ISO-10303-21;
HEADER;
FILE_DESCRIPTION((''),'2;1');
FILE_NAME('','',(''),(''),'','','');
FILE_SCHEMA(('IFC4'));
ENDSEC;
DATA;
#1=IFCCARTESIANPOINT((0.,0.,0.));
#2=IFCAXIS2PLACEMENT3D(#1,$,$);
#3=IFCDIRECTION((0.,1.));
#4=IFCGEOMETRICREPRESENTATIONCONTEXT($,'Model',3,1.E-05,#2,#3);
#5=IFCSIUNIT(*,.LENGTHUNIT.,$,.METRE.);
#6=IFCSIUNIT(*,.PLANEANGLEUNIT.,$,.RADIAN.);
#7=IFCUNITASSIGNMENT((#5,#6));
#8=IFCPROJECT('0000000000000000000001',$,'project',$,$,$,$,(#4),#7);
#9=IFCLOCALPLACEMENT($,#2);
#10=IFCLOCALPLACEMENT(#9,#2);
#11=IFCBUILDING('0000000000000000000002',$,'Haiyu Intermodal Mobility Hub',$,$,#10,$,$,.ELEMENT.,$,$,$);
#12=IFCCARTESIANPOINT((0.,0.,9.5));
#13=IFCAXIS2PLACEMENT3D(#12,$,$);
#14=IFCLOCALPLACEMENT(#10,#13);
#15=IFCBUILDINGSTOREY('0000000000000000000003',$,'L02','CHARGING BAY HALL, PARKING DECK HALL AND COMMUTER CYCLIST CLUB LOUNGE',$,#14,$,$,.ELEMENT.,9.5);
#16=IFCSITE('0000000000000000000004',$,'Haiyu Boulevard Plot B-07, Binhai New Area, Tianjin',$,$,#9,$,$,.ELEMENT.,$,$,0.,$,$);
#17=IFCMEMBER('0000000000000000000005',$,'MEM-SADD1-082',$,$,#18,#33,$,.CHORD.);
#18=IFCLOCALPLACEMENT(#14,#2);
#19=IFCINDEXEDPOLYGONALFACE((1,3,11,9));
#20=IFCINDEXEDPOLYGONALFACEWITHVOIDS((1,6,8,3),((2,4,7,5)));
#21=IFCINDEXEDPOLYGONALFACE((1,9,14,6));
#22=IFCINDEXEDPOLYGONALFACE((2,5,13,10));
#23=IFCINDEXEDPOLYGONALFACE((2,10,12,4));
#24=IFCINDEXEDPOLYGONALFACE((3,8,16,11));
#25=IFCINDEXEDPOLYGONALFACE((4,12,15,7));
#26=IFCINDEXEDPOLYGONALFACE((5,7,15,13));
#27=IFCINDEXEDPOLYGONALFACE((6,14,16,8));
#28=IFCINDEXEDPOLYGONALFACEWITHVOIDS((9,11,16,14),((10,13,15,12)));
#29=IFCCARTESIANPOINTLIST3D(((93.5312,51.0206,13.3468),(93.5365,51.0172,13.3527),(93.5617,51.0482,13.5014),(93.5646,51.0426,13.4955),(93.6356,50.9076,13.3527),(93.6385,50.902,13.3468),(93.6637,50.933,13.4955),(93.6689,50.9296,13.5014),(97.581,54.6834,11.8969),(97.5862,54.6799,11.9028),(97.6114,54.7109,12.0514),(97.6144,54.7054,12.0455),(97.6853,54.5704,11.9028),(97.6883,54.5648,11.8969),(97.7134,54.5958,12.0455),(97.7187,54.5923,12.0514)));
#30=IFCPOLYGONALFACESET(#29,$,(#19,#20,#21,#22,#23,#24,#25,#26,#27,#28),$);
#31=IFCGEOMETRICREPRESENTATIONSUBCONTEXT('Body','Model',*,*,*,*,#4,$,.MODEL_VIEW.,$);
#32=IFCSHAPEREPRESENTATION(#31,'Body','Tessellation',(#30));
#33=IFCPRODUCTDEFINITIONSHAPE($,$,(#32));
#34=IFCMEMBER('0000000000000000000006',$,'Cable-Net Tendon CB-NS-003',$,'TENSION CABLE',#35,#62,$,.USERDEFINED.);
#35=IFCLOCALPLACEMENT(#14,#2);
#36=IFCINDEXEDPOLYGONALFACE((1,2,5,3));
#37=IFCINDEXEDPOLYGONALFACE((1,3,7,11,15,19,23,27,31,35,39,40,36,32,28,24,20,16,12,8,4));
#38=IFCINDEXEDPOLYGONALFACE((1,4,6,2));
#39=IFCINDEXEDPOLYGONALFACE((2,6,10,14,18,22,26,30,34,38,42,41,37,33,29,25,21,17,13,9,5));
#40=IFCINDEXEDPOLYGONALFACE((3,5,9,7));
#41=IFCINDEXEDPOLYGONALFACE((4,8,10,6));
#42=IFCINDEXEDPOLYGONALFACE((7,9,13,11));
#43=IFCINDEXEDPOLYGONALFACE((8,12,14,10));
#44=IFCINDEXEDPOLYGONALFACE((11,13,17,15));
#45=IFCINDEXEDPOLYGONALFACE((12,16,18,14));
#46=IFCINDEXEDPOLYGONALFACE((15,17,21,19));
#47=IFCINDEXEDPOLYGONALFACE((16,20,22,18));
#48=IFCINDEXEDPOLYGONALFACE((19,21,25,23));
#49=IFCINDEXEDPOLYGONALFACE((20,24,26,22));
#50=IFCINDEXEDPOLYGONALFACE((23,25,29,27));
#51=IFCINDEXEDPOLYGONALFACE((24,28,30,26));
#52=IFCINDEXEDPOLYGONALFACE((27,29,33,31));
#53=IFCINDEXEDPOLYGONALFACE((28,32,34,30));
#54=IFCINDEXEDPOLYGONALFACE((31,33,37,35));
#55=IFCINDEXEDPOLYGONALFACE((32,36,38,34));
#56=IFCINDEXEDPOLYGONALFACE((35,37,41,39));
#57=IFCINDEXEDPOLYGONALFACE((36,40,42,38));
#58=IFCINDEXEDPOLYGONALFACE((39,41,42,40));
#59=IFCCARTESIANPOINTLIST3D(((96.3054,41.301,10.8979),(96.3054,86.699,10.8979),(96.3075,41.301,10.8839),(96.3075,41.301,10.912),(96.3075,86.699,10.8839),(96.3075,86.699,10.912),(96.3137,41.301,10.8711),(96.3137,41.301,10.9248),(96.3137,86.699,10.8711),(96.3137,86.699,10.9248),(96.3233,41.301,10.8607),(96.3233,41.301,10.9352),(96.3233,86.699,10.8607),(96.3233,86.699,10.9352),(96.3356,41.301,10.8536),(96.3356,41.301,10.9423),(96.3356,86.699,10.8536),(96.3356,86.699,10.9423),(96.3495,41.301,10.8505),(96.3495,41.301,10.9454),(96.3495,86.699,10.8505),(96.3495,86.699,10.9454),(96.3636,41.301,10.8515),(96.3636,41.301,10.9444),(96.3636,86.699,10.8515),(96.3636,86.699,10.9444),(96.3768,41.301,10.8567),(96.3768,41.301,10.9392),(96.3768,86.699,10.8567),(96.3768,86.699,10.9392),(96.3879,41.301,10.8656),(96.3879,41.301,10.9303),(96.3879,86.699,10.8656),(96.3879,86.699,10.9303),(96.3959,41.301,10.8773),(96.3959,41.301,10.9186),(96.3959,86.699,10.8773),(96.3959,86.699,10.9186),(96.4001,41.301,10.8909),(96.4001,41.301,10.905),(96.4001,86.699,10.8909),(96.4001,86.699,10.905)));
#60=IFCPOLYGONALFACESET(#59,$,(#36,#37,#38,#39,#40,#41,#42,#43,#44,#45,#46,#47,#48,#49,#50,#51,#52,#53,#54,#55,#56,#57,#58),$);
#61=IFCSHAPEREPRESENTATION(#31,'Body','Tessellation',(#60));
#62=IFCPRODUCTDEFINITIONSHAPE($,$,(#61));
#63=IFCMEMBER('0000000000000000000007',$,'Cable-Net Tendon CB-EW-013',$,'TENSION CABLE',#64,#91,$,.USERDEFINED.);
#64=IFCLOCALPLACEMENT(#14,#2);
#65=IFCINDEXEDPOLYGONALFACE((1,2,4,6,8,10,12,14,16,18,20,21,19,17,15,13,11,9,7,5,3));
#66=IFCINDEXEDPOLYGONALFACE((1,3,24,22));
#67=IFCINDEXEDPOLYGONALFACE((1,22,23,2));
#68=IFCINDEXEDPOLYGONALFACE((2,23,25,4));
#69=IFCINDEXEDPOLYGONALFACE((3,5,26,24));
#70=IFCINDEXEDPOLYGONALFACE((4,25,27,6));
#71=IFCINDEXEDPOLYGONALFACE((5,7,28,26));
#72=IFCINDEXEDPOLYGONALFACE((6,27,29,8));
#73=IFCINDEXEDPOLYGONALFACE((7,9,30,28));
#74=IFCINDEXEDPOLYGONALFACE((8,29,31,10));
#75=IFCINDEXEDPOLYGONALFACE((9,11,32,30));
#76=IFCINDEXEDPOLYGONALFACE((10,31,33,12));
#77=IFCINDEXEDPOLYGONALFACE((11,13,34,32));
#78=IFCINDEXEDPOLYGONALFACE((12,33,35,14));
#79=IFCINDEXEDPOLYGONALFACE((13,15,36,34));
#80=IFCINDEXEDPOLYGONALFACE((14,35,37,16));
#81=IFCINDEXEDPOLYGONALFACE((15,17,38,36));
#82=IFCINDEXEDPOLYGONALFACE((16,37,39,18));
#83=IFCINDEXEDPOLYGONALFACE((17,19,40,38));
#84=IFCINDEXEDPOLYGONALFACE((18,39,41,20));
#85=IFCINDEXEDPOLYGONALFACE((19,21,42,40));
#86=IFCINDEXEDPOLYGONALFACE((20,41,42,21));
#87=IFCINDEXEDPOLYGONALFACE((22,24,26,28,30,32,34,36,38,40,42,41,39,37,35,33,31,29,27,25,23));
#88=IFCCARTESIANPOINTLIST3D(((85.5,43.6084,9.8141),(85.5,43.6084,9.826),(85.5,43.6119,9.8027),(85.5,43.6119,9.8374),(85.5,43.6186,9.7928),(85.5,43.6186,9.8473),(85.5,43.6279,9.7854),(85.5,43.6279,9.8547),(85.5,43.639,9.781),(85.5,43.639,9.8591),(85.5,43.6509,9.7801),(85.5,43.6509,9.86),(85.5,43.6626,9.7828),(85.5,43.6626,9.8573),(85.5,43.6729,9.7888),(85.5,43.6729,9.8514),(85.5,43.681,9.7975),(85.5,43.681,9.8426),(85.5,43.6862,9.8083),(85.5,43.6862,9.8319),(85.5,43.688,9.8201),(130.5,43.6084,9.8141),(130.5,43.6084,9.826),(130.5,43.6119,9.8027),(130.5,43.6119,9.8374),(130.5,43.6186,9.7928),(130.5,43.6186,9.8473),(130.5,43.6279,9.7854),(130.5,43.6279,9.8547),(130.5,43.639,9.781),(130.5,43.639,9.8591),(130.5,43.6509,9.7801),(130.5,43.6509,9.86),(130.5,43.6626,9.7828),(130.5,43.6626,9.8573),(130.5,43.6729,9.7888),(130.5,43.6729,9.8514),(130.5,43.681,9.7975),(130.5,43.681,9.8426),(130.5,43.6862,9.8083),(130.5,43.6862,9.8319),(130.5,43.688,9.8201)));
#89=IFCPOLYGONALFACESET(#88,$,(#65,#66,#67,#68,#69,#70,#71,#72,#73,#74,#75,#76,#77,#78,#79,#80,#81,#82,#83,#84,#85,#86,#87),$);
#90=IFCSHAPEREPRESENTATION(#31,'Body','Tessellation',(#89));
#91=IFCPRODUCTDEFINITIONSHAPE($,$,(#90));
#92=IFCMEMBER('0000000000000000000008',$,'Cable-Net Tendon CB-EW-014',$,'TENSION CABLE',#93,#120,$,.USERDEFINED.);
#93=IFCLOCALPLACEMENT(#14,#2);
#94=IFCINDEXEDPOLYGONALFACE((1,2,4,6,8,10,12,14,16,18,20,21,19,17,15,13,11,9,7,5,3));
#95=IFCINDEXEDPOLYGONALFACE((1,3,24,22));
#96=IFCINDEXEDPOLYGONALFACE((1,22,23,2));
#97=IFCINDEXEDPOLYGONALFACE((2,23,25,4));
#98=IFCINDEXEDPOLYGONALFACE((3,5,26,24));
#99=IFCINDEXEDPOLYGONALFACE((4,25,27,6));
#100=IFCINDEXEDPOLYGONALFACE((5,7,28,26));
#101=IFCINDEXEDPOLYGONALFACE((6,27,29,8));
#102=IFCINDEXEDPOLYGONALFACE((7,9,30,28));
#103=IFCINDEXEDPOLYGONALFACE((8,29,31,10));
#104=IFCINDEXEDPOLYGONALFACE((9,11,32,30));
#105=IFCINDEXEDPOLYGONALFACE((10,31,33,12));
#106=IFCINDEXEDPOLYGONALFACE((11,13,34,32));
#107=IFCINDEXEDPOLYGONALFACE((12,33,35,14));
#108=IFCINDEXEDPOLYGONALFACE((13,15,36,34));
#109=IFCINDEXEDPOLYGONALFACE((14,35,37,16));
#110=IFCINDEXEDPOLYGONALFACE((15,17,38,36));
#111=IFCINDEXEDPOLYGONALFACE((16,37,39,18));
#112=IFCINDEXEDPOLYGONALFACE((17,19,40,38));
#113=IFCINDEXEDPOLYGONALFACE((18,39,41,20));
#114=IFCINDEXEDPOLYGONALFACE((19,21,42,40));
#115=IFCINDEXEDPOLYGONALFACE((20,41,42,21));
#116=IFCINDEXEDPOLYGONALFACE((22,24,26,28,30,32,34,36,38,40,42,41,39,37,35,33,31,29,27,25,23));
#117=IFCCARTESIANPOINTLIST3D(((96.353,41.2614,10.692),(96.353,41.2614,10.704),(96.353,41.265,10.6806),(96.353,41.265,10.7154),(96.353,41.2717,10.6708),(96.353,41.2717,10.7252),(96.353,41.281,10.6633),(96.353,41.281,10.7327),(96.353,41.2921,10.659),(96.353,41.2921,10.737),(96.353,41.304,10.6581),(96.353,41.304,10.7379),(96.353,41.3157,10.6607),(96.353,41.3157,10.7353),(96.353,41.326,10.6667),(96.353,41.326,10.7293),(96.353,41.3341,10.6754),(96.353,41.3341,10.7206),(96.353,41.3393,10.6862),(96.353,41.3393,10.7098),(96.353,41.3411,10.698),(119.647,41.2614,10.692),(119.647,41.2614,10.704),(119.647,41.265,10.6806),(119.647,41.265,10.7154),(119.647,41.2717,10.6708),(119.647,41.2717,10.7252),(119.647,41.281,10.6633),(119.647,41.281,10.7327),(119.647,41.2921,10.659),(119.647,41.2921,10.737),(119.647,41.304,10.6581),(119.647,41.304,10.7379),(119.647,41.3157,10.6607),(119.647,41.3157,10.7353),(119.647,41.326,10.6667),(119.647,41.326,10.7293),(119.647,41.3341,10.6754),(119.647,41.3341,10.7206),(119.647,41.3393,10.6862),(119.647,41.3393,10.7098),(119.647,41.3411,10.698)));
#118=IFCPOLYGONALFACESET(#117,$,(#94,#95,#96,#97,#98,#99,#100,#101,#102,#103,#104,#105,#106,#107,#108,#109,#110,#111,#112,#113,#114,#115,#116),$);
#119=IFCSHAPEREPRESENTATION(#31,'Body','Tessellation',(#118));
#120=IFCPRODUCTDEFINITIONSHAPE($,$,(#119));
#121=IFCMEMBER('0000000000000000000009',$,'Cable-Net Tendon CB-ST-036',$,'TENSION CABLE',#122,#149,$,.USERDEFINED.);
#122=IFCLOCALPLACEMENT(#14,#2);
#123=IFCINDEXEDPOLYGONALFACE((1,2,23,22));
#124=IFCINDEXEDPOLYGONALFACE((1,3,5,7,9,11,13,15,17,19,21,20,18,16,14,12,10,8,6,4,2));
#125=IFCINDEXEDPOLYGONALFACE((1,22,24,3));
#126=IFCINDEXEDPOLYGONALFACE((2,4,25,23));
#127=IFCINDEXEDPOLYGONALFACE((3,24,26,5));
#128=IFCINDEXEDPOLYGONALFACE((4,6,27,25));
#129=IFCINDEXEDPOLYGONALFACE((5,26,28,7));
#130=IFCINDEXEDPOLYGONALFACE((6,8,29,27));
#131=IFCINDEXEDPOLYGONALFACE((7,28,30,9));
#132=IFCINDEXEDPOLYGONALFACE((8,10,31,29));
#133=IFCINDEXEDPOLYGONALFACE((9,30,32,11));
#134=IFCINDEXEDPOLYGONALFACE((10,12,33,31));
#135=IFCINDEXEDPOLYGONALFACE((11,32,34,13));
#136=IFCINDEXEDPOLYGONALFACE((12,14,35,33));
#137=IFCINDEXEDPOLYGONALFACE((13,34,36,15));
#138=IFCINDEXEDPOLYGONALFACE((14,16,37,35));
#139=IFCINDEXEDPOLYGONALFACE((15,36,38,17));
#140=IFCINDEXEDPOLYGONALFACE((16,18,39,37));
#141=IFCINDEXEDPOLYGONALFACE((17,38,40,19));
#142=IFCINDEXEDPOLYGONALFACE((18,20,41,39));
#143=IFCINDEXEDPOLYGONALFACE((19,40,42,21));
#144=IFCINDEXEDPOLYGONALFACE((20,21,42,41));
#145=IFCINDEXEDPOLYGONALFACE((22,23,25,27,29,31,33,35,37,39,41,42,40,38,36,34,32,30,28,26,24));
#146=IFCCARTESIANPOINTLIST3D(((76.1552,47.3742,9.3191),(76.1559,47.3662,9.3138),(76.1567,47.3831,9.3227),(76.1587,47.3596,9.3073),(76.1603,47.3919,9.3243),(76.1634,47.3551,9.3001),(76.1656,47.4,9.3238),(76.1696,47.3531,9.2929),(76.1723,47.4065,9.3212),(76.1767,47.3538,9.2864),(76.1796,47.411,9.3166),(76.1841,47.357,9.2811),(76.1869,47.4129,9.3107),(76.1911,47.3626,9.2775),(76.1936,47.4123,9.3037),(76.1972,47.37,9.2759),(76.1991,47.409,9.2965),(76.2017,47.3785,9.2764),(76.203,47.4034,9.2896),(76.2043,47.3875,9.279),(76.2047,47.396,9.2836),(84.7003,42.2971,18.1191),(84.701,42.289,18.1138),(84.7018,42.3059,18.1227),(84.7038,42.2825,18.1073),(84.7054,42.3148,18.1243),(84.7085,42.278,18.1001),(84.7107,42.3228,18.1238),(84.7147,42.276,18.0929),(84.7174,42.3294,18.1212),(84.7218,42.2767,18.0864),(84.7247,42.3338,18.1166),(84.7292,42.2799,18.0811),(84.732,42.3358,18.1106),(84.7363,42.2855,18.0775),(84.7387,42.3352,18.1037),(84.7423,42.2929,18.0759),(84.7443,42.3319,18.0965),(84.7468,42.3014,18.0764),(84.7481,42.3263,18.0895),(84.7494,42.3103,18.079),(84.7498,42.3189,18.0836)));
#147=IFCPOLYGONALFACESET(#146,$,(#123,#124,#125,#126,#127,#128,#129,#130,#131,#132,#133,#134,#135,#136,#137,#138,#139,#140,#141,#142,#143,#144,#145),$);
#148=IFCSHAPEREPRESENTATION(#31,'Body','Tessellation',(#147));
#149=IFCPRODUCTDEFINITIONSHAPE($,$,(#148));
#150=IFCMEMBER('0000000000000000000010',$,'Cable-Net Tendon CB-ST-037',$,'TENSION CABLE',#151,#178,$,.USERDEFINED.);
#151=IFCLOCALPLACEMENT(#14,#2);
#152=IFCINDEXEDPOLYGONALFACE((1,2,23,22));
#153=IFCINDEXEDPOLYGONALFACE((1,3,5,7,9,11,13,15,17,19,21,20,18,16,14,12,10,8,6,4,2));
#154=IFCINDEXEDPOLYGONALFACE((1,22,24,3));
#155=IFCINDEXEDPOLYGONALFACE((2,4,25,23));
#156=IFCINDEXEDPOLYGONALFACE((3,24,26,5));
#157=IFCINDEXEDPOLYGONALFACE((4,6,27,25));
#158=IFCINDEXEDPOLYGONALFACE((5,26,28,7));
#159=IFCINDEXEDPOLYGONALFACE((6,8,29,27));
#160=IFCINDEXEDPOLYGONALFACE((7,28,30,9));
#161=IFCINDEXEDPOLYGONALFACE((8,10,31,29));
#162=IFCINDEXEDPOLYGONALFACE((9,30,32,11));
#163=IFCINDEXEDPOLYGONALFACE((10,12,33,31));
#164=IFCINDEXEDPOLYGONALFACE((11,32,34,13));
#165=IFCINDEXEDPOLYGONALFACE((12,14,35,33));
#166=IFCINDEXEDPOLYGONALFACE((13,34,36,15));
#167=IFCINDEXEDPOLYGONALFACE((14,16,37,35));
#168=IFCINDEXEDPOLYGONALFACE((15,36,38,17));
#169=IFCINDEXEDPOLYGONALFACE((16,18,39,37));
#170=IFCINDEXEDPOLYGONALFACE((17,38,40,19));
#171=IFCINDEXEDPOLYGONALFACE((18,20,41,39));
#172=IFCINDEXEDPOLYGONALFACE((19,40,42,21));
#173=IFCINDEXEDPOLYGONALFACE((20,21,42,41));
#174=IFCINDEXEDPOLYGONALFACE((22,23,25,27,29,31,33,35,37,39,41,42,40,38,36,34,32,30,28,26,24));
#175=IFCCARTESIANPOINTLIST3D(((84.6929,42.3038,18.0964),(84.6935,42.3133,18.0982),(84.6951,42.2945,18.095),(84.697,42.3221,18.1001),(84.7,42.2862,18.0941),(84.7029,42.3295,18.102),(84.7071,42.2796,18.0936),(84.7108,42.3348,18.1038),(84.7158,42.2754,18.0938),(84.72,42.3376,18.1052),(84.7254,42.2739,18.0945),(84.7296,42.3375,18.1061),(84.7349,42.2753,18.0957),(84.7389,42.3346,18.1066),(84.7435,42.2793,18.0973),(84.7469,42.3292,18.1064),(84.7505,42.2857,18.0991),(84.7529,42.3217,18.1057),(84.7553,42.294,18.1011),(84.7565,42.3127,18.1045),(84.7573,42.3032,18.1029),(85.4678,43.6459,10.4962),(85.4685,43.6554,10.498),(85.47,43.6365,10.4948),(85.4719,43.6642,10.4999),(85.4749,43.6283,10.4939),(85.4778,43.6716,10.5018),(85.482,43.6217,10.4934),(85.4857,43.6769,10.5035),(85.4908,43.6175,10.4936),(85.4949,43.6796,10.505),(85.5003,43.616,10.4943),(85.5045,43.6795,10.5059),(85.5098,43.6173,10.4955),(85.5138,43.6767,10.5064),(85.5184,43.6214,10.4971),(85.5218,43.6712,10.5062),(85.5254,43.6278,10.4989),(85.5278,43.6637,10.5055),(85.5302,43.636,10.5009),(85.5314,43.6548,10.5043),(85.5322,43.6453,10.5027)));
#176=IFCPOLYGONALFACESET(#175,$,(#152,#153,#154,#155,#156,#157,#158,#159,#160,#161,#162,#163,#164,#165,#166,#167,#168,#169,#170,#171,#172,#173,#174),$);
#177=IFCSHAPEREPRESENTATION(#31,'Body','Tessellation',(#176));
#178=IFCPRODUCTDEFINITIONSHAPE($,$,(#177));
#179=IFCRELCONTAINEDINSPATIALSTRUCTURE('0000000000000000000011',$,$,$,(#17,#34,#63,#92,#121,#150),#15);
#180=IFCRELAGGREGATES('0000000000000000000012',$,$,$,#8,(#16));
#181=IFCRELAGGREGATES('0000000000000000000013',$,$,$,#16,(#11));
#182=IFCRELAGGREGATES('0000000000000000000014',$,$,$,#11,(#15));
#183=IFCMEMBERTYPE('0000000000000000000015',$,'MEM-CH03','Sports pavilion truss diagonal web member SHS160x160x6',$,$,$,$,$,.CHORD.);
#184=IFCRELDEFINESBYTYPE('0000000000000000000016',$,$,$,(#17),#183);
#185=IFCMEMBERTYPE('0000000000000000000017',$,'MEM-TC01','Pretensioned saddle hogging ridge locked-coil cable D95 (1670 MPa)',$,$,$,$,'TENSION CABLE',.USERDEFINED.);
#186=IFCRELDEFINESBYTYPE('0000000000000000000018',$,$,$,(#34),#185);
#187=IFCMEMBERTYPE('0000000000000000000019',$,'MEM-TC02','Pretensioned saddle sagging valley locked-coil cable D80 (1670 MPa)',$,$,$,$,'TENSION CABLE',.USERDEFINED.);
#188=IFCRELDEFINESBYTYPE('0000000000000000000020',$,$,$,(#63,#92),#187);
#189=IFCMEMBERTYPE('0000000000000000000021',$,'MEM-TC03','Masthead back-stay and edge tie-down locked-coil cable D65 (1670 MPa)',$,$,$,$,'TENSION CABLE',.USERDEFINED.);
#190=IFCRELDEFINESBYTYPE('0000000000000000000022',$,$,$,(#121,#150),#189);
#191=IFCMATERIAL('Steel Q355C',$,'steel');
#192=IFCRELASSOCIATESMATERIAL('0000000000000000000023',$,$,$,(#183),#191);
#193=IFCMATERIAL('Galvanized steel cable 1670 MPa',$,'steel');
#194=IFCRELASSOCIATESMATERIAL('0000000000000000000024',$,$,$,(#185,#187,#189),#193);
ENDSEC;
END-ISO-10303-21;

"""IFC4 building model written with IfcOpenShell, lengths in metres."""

from ifc_helpers import new_model, si_unit, direction, frame, origin, origin_2d, place, context, subcontext, project, spatial, hollow_rectangle, circle, extrude, material, material_profile, profile_set, type_object, element, save


model = new_model("IFC4")

# Units and contexts
model_context = context("Model", 3, precision=1e-05, world=origin(), true_north=direction((0.0, 1.0)))
body_context = subcontext(model_context, "Body", "Model", "MODEL_VIEW")
ifc_project = project(units=[si_unit("LENGTHUNIT", "METRE"), si_unit("PLANEANGLEUNIT", "RADIAN")], contexts=[model_context])

# Site, building, storey
site_placement = place(None, origin())
site = spatial("IfcSite", under=ifc_project, at=site_placement, Name="Haiyu Boulevard Plot B-07, Binhai New Area, Tianjin", CompositionType="ELEMENT", RefElevation=0.0)
building_placement = place(site_placement, origin())
building = spatial("IfcBuilding", under=site, at=building_placement, Name="Haiyu Intermodal Mobility Hub", CompositionType="ELEMENT")
storey_placement = place(building_placement, frame((0.0, 0.0, 9.5)))
storey = spatial("IfcBuildingStorey", under=building, at=storey_placement, Name="L02", Description="CHARGING BAY HALL, PARKING DECK HALL AND COMMUTER CYCLIST CLUB LOUNGE", CompositionType="ELEMENT", Elevation=9.5)

# Shared definitions
ifc_material_1 = material(Name="Steel Q355C", Category="steel")

# Members
ifc_material_profile_1 = material_profile(ifc_material_1, hollow_rectangle(XDim=0.1599, YDim=0.1599, WallThickness=0.0061, at=origin_2d()), Name="SHS160x160x6")
ifc_profile_set_1 = profile_set([ifc_material_profile_1], Name="Steel Q355C")
member_type_1 = type_object("IfcMemberType", Name="MEM-CH03", Description="Sports pavilion truss diagonal web member SHS160x160x6", PredefinedType="CHORD", material=ifc_profile_set_1)
member_1_placement = place(storey_placement, frame((93.6001, 50.9751, 13.4241), z_axis=(0.716811, 0.648319, -0.25664), x_axis=(-0.670786, 0.741651, 0.0)))
element("IfcMember", 1, at=member_1_placement, inside=storey, type_object=member_type_1, Name="MEM-SADD1-082", PredefinedType="CHORD", context=body_context, shape_type="SweptSolid", body=[
    extrude(hollow_rectangle(XDim=0.1599, YDim=0.1599, WallThickness=0.0061, at=origin_2d()), origin(), (0.0, 0.0, 1.0), 5.6497),
])
ifc_material_2 = material(Name="Galvanized steel cable 1670 MPa", Category="steel")
ifc_material_profile_2 = material_profile(ifc_material_2, circle(Radius=0.0476, at=origin_2d()), Name="CABLE95")
ifc_profile_set_2 = profile_set([ifc_material_profile_2], Name="Galvanized steel cable 1670 MPa")
member_type_2 = type_object("IfcMemberType", Name="MEM-TC01", Description="Pretensioned saddle hogging ridge locked-coil cable D95 (1670 MPa)", ElementType="TENSION CABLE", PredefinedType="USERDEFINED", material=ifc_profile_set_2)
member_2_placement = place(storey_placement, frame((96.353, 41.301, 10.8979), z_axis=(0.0, 1.0, 0.0), x_axis=(-1.0, 0.0, 0.0)))
element("IfcMember", 2, at=member_2_placement, inside=storey, type_object=member_type_2, Name="Cable-Net Tendon CB-NS-003", ObjectType="TENSION CABLE", PredefinedType="USERDEFINED", context=body_context, shape_type="SweptSolid", body=[
    extrude(circle(Radius=0.0476, at=origin_2d()), origin(), (0.0, 0.0, 1.0), 45.3979),
])
ifc_material_profile_3 = material_profile(ifc_material_2, circle(Radius=0.04, at=origin_2d()), Name="CABLE80")
ifc_profile_set_3 = profile_set([ifc_material_profile_3], Name="Galvanized steel cable 1670 MPa")
member_type_3 = type_object("IfcMemberType", Name="MEM-TC02", Description="Pretensioned saddle sagging valley locked-coil cable D80 (1670 MPa)", ElementType="TENSION CABLE", PredefinedType="USERDEFINED", material=ifc_profile_set_3)
member_3_placement = place(storey_placement, frame((85.5, 43.6479, 9.8201), z_axis=(1.0, 0.0, 0.0), x_axis=(0.0, 1.0, 0.0)))
element("IfcMember", 3, at=member_3_placement, inside=storey, type_object=member_type_3, Name="Cable-Net Tendon CB-EW-013", ObjectType="TENSION CABLE", PredefinedType="USERDEFINED", context=body_context, shape_type="SweptSolid", body=[
    extrude(circle(Radius=0.04, at=origin_2d()), origin(), (0.0, 0.0, 1.0), 45.0),
])
member_4_placement = place(storey_placement, frame((96.353, 41.301, 10.698), z_axis=(1.0, 0.0, 0.0), x_axis=(0.0, 1.0, 0.0)))
element("IfcMember", 4, at=member_4_placement, inside=storey, type_object=member_type_3, Name="Cable-Net Tendon CB-EW-014", ObjectType="TENSION CABLE", PredefinedType="USERDEFINED", context=body_context, shape_type="SweptSolid", body=[
    extrude(circle(Radius=0.04, at=origin_2d()), origin(), (0.0, 0.0, 1.0), 23.2939),
])
ifc_material_profile_4 = material_profile(ifc_material_2, circle(Radius=0.0325, at=origin_2d()), Name="CABLE65")
ifc_profile_set_4 = profile_set([ifc_material_profile_4], Name="Galvanized steel cable 1670 MPa")
member_type_4 = type_object("IfcMemberType", Name="MEM-TC03", Description="Masthead back-stay and edge tie-down locked-coil cable D65 (1670 MPa)", ElementType="TENSION CABLE", PredefinedType="USERDEFINED", material=ifc_profile_set_4)
member_5_placement = place(storey_placement, frame((84.7251, 42.3059, 18.1001), z_axis=(-0.643681, 0.382446, -0.66288), x_axis=(-0.510796, -0.859702, 0.0)))
element("IfcMember", 5, at=member_5_placement, inside=storey, type_object=member_type_4, Name="Cable-Net Tendon CB-ST-036", ObjectType="TENSION CABLE", PredefinedType="USERDEFINED", context=body_context, shape_type="SweptSolid", body=[
    extrude(circle(Radius=0.0325, at=origin_2d()), origin(), (0.0, 0.0, 1.0), 13.2754),
])
member_6_placement = place(storey_placement, frame((84.7251, 42.3059, 18.1001), z_axis=(0.099904, 0.173022, -0.979838), x_axis=(-0.866005, 0.500036, 0.0)))
element("IfcMember", 6, at=member_6_placement, inside=storey, type_object=member_type_4, Name="Cable-Net Tendon CB-ST-037", ObjectType="TENSION CABLE", PredefinedType="USERDEFINED", context=body_context, shape_type="SweptSolid", body=[
    extrude(circle(Radius=0.0325, at=origin_2d()), origin(), (0.0, 0.0, 1.0), 7.7566),
])

save(model, "model.ifc")
